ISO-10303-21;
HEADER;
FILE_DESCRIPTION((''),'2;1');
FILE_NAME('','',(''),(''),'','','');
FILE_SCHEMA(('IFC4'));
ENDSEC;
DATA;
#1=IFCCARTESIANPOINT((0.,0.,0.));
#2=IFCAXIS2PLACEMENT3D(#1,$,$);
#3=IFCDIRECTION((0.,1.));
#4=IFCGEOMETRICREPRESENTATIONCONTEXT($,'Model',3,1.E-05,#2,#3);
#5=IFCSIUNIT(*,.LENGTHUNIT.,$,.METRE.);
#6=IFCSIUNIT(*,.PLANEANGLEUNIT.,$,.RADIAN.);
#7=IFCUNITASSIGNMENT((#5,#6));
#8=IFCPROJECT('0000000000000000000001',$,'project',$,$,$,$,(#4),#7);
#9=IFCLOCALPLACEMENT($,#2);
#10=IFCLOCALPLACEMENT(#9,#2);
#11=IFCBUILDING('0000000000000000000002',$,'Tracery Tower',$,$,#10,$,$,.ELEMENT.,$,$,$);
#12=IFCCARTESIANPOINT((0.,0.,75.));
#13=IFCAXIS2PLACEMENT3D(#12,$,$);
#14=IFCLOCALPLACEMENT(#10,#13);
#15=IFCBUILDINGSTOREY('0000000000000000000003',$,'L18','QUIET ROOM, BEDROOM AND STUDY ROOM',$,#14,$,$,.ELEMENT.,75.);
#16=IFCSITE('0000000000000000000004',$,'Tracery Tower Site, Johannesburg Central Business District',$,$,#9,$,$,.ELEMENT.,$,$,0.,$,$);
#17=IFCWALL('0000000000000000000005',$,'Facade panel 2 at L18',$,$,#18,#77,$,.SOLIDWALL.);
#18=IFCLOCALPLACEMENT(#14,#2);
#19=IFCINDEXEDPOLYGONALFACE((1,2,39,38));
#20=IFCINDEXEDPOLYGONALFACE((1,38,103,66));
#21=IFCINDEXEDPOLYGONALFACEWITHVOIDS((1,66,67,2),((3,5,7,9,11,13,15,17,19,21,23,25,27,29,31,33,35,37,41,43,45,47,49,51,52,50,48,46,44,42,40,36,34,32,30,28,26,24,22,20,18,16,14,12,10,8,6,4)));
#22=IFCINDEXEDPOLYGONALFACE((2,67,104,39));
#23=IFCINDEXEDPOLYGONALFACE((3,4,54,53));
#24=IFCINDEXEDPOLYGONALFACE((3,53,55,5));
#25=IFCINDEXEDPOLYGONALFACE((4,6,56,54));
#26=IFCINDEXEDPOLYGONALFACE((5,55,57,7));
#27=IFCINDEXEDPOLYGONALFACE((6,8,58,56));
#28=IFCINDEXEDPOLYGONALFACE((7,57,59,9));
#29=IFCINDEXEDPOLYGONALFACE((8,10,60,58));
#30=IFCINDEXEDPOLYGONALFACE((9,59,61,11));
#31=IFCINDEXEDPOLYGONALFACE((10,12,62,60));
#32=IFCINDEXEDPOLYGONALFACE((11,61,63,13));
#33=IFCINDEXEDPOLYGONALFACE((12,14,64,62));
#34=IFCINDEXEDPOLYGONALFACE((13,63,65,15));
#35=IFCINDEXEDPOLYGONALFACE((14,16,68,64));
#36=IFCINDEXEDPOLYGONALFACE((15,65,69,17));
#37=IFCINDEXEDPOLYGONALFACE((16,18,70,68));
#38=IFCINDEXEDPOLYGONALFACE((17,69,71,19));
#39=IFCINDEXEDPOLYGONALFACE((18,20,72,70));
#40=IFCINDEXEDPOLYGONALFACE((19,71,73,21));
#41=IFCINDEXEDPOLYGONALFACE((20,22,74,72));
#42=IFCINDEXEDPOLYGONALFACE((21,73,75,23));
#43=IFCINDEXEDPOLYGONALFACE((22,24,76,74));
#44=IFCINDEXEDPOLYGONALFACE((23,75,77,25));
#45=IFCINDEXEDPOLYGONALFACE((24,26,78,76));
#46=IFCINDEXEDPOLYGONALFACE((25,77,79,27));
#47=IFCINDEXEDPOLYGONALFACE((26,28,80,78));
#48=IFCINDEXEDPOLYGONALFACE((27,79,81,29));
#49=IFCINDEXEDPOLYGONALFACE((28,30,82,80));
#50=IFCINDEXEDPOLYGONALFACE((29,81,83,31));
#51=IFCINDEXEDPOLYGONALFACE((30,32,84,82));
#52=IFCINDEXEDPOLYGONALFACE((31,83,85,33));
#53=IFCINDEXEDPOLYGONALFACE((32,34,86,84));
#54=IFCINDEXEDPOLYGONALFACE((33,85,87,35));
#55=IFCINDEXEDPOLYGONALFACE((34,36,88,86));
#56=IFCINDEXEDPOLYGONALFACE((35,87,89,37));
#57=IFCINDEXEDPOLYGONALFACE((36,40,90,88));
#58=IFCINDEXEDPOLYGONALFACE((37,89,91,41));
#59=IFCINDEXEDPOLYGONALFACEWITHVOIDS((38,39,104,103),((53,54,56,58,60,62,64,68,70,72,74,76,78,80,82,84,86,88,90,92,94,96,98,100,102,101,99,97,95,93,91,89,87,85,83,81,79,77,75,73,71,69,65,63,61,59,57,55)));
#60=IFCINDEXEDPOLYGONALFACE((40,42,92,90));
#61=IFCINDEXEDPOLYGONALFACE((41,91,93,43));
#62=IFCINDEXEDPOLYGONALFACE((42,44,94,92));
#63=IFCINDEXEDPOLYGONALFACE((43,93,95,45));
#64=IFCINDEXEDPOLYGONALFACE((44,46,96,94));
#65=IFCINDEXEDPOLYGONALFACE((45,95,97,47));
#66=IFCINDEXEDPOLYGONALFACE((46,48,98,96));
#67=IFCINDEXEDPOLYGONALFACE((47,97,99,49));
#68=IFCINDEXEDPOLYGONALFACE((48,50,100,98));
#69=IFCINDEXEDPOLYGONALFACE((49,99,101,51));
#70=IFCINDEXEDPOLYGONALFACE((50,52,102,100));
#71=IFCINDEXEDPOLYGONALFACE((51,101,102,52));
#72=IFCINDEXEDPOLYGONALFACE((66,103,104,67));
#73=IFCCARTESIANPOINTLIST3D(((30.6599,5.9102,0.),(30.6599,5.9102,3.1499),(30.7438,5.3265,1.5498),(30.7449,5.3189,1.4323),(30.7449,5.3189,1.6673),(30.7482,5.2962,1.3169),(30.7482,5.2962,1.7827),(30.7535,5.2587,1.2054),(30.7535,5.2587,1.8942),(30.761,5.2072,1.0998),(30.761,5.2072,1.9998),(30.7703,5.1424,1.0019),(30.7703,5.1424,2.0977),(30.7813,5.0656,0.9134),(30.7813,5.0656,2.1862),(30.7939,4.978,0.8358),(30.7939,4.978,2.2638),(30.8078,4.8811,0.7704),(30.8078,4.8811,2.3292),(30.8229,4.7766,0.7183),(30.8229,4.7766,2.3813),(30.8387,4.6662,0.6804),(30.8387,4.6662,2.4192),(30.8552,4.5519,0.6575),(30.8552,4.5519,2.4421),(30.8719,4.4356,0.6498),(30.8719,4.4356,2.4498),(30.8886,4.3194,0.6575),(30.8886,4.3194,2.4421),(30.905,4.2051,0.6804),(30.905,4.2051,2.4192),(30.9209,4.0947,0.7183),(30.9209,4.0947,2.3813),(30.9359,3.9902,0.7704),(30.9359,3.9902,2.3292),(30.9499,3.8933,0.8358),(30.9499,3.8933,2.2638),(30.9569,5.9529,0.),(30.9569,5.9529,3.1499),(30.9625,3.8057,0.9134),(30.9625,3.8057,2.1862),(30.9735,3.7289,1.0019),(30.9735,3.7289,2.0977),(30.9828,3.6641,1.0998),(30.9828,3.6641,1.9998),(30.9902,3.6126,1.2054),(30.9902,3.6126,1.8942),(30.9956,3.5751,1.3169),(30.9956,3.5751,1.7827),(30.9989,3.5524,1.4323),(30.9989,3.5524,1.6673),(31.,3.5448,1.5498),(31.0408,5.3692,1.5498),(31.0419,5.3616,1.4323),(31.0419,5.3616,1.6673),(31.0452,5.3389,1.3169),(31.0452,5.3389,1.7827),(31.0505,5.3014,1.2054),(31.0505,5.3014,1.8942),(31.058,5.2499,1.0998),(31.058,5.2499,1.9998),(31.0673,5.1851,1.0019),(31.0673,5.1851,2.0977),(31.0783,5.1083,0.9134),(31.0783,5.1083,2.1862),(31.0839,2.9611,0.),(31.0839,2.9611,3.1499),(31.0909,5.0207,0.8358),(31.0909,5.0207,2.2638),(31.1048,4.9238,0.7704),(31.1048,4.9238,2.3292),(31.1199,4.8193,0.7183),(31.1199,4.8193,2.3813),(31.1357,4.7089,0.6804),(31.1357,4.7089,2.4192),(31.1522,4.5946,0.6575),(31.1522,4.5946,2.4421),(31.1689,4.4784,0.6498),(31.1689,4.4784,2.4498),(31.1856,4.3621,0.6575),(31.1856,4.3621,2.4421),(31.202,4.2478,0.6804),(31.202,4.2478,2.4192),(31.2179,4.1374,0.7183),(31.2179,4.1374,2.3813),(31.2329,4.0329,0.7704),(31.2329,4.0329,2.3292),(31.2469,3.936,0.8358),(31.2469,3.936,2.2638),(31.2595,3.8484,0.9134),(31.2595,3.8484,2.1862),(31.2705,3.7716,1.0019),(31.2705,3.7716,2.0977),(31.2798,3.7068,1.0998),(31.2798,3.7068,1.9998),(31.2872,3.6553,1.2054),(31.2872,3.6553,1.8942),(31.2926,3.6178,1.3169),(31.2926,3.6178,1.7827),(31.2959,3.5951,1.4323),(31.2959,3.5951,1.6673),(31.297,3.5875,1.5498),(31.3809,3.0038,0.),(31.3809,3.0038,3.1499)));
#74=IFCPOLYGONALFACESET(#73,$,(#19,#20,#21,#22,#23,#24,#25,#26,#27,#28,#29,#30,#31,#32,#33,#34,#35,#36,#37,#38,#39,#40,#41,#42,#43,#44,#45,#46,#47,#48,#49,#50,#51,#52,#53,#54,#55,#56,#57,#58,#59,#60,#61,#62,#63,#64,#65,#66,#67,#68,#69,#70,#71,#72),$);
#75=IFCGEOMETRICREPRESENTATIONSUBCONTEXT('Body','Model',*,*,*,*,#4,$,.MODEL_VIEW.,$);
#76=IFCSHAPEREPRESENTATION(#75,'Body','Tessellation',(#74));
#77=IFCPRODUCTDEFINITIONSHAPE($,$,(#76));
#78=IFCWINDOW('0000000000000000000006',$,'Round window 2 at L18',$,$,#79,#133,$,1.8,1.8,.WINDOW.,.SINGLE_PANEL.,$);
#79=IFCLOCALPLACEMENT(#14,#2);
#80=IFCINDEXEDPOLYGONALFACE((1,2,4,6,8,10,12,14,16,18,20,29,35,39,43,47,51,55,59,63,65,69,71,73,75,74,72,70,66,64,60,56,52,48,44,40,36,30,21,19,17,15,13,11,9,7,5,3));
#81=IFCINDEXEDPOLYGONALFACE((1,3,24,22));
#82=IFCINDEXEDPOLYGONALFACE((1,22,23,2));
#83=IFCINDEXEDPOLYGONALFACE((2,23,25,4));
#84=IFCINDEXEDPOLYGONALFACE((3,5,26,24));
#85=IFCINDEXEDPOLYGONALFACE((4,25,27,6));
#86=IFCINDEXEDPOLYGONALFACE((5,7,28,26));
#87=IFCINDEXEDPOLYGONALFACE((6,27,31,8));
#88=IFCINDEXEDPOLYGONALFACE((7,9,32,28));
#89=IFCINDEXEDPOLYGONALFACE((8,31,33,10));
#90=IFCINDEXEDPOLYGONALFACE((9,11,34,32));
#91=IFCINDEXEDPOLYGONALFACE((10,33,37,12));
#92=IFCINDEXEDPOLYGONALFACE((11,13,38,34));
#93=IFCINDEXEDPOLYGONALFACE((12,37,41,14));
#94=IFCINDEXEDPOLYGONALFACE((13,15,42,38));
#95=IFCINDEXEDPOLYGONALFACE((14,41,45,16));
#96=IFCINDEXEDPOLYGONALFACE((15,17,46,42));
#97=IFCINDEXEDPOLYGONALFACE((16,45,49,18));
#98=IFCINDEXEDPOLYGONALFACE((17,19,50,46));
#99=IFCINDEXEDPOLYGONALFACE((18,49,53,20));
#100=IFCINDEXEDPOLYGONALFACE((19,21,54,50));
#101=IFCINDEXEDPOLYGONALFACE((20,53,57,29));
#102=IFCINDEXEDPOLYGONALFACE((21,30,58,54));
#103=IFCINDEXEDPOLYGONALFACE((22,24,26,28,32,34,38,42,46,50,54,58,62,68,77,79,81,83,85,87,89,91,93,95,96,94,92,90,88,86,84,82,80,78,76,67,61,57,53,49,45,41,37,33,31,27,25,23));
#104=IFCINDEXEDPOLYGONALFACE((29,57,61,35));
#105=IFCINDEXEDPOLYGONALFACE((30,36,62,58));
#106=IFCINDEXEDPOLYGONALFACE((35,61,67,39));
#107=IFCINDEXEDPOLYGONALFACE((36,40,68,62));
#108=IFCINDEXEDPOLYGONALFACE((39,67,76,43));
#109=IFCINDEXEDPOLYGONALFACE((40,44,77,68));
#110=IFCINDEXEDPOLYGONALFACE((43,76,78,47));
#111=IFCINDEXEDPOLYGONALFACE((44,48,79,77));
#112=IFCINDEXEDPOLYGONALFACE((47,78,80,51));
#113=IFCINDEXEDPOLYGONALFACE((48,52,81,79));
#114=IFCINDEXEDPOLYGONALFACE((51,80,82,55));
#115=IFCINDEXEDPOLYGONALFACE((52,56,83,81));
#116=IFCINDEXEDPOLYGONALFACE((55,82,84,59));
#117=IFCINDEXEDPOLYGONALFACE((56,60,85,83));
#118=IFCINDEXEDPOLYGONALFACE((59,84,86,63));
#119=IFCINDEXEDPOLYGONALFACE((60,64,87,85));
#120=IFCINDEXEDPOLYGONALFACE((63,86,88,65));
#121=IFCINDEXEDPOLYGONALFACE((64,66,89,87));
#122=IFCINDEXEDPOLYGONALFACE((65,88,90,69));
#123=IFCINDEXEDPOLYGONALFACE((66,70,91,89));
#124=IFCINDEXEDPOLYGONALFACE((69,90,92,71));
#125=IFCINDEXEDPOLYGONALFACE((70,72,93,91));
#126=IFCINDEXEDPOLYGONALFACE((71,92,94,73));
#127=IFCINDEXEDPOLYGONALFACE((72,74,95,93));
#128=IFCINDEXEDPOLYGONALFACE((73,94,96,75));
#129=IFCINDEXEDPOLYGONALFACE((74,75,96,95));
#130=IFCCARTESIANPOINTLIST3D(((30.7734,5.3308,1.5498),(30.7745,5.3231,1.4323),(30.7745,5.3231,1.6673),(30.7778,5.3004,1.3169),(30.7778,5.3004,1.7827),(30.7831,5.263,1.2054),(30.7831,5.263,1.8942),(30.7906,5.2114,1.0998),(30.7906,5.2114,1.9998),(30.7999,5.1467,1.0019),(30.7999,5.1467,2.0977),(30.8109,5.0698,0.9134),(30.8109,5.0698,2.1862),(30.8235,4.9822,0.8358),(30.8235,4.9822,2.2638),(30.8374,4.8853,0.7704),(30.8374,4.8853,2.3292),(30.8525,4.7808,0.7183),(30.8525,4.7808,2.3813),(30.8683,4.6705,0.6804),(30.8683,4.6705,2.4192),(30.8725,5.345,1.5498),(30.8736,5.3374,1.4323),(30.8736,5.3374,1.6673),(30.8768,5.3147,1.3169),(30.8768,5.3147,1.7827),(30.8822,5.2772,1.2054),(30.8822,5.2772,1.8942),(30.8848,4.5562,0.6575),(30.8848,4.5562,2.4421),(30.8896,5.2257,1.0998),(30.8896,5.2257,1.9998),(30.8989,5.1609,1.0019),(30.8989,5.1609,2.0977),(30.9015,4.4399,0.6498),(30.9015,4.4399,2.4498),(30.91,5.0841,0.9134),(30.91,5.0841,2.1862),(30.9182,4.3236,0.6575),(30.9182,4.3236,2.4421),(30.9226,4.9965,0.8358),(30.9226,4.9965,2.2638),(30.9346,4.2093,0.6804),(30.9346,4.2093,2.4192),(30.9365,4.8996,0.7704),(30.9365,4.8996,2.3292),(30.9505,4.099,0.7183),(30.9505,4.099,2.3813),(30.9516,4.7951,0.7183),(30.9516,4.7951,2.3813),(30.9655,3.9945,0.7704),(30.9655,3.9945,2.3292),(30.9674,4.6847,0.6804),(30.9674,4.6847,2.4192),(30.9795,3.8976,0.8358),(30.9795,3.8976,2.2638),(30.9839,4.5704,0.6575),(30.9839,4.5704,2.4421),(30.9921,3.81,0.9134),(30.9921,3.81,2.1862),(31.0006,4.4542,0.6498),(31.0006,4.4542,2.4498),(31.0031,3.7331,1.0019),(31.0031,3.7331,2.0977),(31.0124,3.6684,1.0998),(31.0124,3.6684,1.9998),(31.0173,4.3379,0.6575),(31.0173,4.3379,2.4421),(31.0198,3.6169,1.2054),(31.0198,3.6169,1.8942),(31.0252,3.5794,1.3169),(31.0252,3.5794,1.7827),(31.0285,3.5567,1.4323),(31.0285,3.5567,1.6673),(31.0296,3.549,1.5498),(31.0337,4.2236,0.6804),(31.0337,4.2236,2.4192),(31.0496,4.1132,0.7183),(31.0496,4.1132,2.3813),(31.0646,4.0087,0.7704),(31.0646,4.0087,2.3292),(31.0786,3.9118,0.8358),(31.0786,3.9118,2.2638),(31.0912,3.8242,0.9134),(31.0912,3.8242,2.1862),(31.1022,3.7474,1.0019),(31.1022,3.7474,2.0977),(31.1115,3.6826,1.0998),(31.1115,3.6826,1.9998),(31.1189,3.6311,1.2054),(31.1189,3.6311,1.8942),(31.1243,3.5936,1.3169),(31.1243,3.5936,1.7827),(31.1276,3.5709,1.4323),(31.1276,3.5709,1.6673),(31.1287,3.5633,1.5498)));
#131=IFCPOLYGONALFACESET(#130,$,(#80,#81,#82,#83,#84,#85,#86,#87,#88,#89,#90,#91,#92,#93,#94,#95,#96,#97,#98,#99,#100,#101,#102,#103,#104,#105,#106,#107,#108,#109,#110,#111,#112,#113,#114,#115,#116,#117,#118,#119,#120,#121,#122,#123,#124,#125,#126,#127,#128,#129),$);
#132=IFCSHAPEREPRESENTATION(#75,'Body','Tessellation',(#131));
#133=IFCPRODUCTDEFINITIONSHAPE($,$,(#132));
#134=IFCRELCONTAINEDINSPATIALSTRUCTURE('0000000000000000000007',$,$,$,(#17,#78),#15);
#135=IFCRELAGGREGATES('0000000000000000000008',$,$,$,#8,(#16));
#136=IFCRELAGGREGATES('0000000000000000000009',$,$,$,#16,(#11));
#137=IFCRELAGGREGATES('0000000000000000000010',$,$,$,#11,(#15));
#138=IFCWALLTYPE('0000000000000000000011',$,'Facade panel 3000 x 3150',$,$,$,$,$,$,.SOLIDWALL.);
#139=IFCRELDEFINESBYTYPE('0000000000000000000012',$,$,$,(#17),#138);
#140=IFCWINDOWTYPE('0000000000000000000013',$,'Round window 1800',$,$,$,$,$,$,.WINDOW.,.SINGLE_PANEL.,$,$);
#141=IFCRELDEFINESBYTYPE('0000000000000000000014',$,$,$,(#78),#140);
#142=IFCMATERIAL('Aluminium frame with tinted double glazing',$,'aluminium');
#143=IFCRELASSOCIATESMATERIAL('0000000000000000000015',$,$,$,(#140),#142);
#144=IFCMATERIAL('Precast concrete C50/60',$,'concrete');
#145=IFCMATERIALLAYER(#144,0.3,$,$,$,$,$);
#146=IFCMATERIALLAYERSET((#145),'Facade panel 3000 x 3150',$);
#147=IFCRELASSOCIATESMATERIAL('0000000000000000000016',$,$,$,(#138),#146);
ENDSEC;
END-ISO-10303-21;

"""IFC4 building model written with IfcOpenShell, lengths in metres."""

from ifc_helpers import new_model, si_unit, direction, frame, frame_2d, origin, origin_2d, place, context, subcontext, project, spatial, rectangle, circle, extrude, material, layer, layer_set, type_object, element, fill, save


model = new_model("IFC4")

# Units and contexts
model_context = context("Model", 3, precision=1e-05, world=origin(), true_north=direction((0.0, 1.0)))
body_context = subcontext(model_context, "Body", "Model", "MODEL_VIEW")
ifc_project = project(units=[si_unit("LENGTHUNIT", "METRE"), si_unit("PLANEANGLEUNIT", "RADIAN")], contexts=[model_context])

# Site, building, storey
site_placement = place(None, origin())
site = spatial("IfcSite", under=ifc_project, at=site_placement, Name="Tracery Tower Site, Johannesburg Central Business District", CompositionType="ELEMENT", RefElevation=0.0)
building_placement = place(site_placement, origin())
building = spatial("IfcBuilding", under=site, at=building_placement, Name="Tracery Tower", CompositionType="ELEMENT")
storey_placement = place(building_placement, frame((0.0, 0.0, 75.0)))
storey = spatial("IfcBuildingStorey", under=building, at=storey_placement, Name="L18", Description="QUIET ROOM, BEDROOM AND STUDY ROOM", CompositionType="ELEMENT", Elevation=75.0)

# Wall, opening, window
ifc_material_1 = material(Name="Aluminium frame with tinted double glazing", Category="aluminium")
window_type = type_object("IfcWindowType", Name="Round window 1800", PartitioningType="SINGLE_PANEL", PredefinedType="WINDOW", material=ifc_material_1)
ifc_material_2 = material(Name="Precast concrete C50/60", Category="concrete")
ifc_layer_1 = layer(ifc_material_2, 0.3)
ifc_layer_set_1 = layer_set([ifc_layer_1], Name="Facade panel 3000 x 3150")
wall_type_1 = type_object("IfcWallType", Name="Facade panel 3000 x 3150", PredefinedType="SOLIDWALL", material=ifc_layer_set_1)
wall_1_placement = place(storey_placement, frame((31.2324, 2.9824, 0.0), z_axis=(0.0, 0.0, 1.0), x_axis=(-0.142328, 0.98982, 0.0)))
wall_1 = element("IfcWall", 1, at=wall_1_placement, inside=storey, type_object=wall_type_1, Name="Facade panel 2 at L18", PredefinedType="SOLIDWALL", context=body_context, shape_type="SweptSolid", body=[
    extrude(rectangle(XDim=2.9795, YDim=0.3, at=frame_2d((1.4897, 0.0))), origin(), (0.0, 0.0, 1.0), 3.1499),
])
opening_1_placement = place(wall_1_placement, frame((1.4897, 0.0, 1.5498)))
opening_1 = element("IfcOpeningElement", 2, at=opening_1_placement, cuts=wall_1, PredefinedType="OPENING", context=body_context, shape_type="SweptSolid", body=[
    extrude(circle(Radius=0.9, at=origin_2d()), frame((0.0, 0.1599, 0.0), z_axis=(0.0, -1.0, 0.0), x_axis=(1.0, 0.0, 0.0)), (0.0, 0.0, 1.0), 0.3201),
])
window_1_placement = place(opening_1_placement, origin())
window_1 = element("IfcWindow", 3, at=window_1_placement, inside=storey, type_object=window_type, Name="Round window 2 at L18", OverallHeight=1.8, OverallWidth=1.8, PartitioningType="SINGLE_PANEL", PredefinedType="WINDOW", context=body_context, shape_type="SweptSolid", body=[
    extrude(circle(Radius=0.9, at=origin_2d()), frame((0.0, 0.1201, 0.0), z_axis=(0.0, -1.0, 0.0), x_axis=(1.0, 0.0, 0.0)), (0.0, 0.0, 1.0), 0.1001),
])
fill(opening_1, window_1)

save(model, "model.ifc")
